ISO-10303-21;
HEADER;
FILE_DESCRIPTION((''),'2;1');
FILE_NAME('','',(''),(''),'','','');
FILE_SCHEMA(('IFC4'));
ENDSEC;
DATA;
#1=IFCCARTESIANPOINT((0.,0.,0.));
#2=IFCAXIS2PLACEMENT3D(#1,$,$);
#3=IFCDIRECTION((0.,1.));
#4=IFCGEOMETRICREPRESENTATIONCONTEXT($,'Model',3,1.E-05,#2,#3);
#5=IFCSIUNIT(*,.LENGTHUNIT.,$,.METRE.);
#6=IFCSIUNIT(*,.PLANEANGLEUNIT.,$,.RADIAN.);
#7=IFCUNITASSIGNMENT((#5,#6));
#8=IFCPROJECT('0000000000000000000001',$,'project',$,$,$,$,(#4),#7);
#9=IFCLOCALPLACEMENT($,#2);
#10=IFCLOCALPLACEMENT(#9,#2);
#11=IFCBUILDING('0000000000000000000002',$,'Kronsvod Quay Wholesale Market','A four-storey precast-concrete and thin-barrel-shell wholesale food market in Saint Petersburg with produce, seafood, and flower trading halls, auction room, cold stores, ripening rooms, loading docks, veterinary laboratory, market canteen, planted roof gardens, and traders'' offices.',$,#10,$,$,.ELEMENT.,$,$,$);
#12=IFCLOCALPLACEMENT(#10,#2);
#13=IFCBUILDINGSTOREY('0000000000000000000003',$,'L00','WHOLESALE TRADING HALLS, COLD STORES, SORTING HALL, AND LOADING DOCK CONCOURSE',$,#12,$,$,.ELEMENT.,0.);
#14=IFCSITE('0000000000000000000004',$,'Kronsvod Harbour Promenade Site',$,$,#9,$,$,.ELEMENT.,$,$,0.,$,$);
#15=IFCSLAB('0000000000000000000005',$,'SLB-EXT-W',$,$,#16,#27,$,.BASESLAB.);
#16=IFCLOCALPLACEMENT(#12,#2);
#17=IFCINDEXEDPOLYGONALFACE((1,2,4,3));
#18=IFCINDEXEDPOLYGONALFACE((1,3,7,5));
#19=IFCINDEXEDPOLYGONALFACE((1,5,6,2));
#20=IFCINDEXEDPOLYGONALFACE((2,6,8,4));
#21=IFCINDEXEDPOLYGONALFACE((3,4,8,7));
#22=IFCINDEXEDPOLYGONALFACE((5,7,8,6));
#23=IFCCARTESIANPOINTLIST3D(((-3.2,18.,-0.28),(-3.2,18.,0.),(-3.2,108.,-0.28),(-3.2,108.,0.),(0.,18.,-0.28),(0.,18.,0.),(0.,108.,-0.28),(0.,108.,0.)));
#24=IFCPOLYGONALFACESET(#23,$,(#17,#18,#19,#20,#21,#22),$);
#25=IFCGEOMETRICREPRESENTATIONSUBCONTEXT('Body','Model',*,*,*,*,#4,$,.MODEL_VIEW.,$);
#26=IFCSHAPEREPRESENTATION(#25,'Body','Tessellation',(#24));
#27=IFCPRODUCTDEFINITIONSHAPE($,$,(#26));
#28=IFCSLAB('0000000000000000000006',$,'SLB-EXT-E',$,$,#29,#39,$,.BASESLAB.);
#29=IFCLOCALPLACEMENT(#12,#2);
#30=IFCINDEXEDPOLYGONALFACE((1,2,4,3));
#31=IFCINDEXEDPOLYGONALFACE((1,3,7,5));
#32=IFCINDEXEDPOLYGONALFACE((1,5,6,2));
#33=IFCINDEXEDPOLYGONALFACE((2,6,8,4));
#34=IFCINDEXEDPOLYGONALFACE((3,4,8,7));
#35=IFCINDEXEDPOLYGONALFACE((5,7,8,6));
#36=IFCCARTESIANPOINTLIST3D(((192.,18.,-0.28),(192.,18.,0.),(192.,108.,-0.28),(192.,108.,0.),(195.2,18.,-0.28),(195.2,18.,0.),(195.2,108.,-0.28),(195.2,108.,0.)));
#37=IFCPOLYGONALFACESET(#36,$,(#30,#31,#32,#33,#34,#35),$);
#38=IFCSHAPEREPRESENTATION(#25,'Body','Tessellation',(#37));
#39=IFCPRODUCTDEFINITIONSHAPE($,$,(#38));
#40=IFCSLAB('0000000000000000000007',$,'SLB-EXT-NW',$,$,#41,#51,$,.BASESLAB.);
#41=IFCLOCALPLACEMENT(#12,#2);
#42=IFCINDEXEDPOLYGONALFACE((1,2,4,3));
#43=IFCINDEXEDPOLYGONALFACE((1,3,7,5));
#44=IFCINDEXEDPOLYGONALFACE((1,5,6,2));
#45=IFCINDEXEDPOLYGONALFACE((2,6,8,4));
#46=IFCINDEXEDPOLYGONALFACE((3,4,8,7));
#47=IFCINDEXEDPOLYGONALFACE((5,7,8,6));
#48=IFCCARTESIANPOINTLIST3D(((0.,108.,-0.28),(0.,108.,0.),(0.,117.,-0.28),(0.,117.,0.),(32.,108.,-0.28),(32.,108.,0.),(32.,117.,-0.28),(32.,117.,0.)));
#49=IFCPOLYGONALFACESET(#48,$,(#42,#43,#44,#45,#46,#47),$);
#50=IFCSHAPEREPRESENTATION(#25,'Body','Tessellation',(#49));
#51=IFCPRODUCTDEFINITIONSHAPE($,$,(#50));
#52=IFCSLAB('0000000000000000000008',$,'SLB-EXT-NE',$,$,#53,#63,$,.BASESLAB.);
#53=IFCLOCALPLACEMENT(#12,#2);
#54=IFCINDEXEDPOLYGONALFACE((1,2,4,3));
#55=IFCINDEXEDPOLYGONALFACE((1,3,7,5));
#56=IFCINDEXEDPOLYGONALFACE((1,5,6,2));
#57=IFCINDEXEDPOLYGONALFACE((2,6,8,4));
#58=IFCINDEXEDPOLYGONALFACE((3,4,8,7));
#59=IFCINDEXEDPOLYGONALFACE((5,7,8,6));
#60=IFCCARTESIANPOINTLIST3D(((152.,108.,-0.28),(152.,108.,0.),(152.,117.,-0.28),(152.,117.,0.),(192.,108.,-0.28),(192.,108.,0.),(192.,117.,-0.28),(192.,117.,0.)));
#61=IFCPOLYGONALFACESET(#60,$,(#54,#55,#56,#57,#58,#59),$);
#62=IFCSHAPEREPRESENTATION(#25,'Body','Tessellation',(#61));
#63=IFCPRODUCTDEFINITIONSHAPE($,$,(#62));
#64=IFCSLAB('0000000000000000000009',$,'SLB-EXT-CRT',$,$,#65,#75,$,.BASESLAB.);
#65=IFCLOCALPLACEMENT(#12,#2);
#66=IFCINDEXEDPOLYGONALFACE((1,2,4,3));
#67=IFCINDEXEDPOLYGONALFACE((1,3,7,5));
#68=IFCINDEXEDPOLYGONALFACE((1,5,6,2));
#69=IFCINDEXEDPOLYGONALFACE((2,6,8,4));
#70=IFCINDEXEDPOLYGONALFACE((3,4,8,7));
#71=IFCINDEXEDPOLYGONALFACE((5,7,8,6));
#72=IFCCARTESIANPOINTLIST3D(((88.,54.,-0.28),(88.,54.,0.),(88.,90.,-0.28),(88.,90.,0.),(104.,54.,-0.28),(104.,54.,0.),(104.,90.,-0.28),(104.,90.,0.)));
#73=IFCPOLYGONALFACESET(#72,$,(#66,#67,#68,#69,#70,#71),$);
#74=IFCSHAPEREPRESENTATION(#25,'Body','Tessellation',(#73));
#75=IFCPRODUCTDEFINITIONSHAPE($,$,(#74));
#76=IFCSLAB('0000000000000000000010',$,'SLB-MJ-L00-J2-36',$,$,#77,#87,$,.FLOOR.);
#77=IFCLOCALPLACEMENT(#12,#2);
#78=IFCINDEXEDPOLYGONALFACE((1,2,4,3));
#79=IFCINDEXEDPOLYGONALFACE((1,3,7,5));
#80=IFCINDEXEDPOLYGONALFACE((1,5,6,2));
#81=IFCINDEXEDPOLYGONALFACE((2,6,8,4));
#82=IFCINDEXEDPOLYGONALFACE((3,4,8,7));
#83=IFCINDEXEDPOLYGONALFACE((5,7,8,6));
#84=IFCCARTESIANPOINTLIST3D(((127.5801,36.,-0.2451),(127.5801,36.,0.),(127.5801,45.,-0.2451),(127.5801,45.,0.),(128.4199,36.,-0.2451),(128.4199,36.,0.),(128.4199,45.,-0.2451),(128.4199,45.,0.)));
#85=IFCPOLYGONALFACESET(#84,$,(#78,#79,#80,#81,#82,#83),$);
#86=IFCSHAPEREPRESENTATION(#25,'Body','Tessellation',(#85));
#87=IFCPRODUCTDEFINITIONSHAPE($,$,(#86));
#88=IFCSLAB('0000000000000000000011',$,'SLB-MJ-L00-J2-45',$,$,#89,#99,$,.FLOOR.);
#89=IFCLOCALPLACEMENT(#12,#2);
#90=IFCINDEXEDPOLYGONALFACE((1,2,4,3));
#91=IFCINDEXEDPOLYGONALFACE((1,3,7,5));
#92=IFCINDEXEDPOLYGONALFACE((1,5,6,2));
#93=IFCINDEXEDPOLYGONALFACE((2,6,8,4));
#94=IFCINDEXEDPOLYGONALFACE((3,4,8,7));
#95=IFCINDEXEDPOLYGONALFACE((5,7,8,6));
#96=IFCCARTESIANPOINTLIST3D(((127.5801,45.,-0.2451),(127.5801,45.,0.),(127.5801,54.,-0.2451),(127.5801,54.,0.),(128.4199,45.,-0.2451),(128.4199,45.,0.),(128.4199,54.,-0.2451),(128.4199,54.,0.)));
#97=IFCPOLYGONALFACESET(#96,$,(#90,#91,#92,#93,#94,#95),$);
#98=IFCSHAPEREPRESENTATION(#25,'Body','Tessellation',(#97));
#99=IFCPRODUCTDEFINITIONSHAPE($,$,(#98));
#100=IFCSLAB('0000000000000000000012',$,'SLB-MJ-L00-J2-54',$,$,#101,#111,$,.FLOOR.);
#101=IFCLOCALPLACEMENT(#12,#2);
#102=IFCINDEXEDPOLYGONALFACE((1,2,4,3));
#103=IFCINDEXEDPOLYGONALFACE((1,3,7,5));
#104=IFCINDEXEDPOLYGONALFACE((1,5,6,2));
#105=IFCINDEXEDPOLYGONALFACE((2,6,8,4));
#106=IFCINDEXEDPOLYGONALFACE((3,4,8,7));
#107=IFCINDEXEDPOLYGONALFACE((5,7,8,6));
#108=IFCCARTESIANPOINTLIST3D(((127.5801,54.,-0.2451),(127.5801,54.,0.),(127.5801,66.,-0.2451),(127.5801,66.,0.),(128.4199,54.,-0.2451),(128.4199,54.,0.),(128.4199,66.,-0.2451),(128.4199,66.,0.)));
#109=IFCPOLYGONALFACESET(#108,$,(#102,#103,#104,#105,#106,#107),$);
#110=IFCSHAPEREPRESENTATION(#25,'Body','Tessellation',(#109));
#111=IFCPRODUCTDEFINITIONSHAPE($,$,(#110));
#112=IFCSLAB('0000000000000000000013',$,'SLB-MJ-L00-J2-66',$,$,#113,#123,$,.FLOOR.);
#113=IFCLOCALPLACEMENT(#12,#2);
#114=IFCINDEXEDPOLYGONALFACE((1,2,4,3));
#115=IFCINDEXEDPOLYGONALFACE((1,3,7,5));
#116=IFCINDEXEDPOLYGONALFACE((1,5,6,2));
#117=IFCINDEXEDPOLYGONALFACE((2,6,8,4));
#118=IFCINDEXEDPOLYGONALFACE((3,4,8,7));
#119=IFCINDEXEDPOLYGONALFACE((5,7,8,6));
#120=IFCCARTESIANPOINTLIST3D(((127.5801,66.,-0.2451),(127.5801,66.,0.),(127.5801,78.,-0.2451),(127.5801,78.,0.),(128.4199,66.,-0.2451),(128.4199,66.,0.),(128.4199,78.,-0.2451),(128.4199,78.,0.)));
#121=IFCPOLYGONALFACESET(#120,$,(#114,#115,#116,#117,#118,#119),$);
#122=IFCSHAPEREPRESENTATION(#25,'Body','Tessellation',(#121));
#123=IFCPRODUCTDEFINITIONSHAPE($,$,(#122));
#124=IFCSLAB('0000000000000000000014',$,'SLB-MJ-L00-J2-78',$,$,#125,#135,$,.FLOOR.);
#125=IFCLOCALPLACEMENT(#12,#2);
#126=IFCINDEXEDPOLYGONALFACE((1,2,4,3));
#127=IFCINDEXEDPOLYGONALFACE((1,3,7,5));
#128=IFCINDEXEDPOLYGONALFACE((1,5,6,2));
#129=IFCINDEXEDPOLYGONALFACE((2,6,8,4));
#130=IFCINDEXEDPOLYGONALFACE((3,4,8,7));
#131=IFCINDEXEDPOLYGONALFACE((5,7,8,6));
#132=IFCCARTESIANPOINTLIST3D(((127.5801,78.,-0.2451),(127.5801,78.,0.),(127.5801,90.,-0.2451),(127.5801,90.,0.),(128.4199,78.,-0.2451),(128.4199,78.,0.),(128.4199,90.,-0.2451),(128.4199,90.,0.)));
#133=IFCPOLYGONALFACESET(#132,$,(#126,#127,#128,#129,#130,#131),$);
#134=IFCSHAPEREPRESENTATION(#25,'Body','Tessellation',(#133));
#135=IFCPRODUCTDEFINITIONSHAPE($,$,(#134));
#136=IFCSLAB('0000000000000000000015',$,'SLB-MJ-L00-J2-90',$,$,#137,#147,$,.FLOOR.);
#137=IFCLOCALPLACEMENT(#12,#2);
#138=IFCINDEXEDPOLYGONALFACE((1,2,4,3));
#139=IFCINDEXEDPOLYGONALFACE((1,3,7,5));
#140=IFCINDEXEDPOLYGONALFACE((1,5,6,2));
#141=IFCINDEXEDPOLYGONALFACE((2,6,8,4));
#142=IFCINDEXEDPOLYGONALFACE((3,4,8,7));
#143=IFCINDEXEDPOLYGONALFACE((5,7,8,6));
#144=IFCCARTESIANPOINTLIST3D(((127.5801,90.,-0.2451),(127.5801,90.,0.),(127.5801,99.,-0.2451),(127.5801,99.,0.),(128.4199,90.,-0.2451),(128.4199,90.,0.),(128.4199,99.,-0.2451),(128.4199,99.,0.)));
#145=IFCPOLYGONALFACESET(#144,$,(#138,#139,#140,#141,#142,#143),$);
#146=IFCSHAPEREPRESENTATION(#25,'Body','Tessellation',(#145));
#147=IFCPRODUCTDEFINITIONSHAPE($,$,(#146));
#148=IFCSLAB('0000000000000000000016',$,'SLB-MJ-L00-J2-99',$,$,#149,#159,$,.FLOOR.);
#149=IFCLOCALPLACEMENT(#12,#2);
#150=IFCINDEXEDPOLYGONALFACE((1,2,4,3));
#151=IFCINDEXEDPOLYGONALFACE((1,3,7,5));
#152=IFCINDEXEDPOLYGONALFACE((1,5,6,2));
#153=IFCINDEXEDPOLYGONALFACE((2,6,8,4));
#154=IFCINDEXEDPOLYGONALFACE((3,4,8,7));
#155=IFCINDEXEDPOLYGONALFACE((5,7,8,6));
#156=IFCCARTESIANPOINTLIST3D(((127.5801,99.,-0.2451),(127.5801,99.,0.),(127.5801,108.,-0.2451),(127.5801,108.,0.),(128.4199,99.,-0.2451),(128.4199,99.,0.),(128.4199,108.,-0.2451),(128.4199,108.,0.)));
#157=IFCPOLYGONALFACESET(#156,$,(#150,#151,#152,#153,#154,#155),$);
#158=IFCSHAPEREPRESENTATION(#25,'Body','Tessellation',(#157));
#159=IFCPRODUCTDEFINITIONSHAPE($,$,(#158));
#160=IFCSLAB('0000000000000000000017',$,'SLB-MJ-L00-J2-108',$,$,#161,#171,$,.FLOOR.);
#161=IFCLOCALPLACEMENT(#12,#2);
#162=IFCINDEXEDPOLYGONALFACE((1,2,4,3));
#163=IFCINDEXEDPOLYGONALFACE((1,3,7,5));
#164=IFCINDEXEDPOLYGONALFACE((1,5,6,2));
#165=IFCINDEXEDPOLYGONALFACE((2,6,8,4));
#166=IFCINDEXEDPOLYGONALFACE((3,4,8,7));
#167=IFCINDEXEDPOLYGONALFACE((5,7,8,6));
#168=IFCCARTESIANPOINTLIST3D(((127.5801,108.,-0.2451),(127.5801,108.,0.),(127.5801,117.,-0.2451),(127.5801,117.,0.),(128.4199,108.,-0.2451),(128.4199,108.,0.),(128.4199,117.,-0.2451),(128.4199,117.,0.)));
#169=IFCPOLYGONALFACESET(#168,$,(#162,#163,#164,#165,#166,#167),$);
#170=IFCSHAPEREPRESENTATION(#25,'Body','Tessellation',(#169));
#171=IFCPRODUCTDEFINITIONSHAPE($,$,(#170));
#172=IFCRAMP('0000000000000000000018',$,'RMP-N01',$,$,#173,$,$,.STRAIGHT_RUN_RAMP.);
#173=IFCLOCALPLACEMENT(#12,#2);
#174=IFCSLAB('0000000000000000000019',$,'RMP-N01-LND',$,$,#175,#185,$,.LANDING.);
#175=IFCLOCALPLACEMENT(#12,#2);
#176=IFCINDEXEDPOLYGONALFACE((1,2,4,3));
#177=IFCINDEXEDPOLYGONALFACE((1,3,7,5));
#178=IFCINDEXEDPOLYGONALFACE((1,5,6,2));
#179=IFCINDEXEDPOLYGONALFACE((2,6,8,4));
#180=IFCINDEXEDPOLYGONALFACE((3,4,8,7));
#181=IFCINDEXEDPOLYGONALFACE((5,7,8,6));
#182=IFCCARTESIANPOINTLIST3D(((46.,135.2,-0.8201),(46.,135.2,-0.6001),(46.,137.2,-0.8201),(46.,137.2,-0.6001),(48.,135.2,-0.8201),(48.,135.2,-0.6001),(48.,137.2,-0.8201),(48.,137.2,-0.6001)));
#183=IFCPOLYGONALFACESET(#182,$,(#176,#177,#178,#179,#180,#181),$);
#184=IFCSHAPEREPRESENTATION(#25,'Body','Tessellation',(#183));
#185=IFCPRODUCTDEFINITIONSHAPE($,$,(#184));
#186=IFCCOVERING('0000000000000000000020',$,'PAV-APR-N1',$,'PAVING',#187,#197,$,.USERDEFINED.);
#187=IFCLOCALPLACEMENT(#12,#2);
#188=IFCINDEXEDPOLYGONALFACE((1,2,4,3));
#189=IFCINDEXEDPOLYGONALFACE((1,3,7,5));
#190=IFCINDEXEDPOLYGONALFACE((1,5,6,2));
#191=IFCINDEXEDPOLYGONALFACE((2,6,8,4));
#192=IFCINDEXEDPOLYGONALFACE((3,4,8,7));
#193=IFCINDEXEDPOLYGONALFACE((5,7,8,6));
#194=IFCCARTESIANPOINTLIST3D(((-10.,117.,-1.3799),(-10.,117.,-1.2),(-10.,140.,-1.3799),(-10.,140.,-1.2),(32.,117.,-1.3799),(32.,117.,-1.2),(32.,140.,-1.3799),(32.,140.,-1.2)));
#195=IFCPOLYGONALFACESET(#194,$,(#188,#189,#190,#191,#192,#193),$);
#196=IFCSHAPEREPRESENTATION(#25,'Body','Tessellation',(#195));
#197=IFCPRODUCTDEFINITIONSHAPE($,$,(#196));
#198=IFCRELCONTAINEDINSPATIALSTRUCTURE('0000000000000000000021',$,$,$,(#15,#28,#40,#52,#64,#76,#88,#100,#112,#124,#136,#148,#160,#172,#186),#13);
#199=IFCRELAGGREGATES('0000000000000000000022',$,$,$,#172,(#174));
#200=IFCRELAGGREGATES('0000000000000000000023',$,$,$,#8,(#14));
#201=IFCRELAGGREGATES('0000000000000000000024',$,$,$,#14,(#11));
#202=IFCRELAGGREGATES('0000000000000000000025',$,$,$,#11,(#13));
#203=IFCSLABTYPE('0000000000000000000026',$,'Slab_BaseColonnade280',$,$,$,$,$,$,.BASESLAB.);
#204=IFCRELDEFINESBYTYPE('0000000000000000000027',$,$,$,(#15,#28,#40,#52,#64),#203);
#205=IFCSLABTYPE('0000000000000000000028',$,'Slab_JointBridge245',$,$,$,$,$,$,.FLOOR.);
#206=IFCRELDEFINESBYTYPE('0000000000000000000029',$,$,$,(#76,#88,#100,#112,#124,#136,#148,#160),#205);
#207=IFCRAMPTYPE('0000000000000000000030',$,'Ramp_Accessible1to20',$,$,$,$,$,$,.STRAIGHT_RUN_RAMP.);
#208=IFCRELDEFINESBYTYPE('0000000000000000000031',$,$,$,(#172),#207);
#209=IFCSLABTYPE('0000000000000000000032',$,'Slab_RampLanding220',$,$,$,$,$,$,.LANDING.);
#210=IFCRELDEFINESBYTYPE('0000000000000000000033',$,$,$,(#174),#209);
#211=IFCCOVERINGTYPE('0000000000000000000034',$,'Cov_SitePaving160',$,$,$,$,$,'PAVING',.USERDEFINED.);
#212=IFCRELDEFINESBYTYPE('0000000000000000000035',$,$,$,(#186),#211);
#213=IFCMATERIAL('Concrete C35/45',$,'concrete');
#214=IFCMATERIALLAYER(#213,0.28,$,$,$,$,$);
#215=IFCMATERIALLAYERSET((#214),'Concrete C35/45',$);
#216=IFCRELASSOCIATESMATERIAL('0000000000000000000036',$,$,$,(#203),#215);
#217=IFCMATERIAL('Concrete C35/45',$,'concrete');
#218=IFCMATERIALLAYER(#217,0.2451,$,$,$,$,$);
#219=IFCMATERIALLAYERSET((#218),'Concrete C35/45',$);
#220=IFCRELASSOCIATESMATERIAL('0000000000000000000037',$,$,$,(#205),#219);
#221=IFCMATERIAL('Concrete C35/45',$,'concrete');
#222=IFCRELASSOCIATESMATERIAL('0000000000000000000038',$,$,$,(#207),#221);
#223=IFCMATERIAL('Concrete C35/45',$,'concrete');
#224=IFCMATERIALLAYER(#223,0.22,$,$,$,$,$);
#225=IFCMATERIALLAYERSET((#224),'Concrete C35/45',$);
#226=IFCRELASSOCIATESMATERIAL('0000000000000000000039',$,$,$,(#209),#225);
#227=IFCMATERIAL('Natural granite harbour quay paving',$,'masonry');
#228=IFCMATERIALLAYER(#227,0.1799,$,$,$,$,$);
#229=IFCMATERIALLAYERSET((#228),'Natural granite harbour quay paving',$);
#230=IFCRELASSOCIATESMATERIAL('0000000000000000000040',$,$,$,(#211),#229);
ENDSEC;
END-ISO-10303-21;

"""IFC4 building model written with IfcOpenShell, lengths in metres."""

from ifc_helpers import new_model, si_unit, direction, frame, origin, place, context, subcontext, project, spatial, polyline, outline, extrude, material, layer, layer_set, type_object, element, aggregate, save


model = new_model("IFC4")

# Units and contexts
model_context = context("Model", 3, precision=1e-05, world=origin(), true_north=direction((0.0, 1.0)))
body_context = subcontext(model_context, "Body", "Model", "MODEL_VIEW")
ifc_project = project(units=[si_unit("LENGTHUNIT", "METRE"), si_unit("PLANEANGLEUNIT", "RADIAN")], contexts=[model_context])

# Site, building, storey
site_placement = place(None, origin())
site = spatial("IfcSite", under=ifc_project, at=site_placement, Name="Kronsvod Harbour Promenade Site", CompositionType="ELEMENT", RefElevation=0.0)
building_placement = place(site_placement, origin())
building = spatial("IfcBuilding", under=site, at=building_placement, Name="Kronsvod Quay Wholesale Market", Description="A four-storey precast-concrete and thin-barrel-shell wholesale food market in Saint Petersburg with produce, seafood, and flower trading halls, auction room, cold stores, ripening rooms, loading docks, veterinary laboratory, market canteen, planted roof gardens, and traders' offices.", CompositionType="ELEMENT")
storey_placement = place(building_placement, origin())
storey = spatial("IfcBuildingStorey", under=building, at=storey_placement, Name="L00", Description="WHOLESALE TRADING HALLS, COLD STORES, SORTING HALL, AND LOADING DOCK CONCOURSE", CompositionType="ELEMENT", Elevation=0.0)

# Slabs
ifc_material_1 = material(Name="Concrete C35/45", Category="concrete")
ifc_layer_1 = layer(ifc_material_1, 0.28)
ifc_layer_set_1 = layer_set([ifc_layer_1], Name="Concrete C35/45")
slab_type_1 = type_object("IfcSlabType", Name="Slab_BaseColonnade280", PredefinedType="BASESLAB", material=ifc_layer_set_1)
slab_1_placement = place(storey_placement, frame((0.0, 0.0, -0.28)))
element("IfcSlab", 1, at=slab_1_placement, inside=storey, type_object=slab_type_1, Name="SLB-EXT-W", PredefinedType="BASESLAB", context=body_context, shape_type="SweptSolid", body=[
    extrude(outline(polyline([(-3.2, 18.0), (0.0, 18.0), (0.0, 108.0), (-3.2, 108.0), (-3.2, 18.0)])), origin(), (0.0, 0.0, 1.0), 0.28),
])
slab_2_placement = place(storey_placement, frame((0.0, 0.0, -0.28)))
element("IfcSlab", 2, at=slab_2_placement, inside=storey, type_object=slab_type_1, Name="SLB-EXT-E", PredefinedType="BASESLAB", context=body_context, shape_type="SweptSolid", body=[
    extrude(outline(polyline([(192.0, 18.0), (195.2, 18.0), (195.2, 108.0), (192.0, 108.0), (192.0, 18.0)])), origin(), (0.0, 0.0, 1.0), 0.28),
])
slab_3_placement = place(storey_placement, frame((0.0, 0.0, -0.28)))
element("IfcSlab", 3, at=slab_3_placement, inside=storey, type_object=slab_type_1, Name="SLB-EXT-NW", PredefinedType="BASESLAB", context=body_context, shape_type="SweptSolid", body=[
    extrude(outline(polyline([(0.0, 108.0), (32.0, 108.0), (32.0, 117.0), (0.0, 117.0), (0.0, 108.0)])), origin(), (0.0, 0.0, 1.0), 0.28),
])
slab_4_placement = place(storey_placement, frame((0.0, 0.0, -0.28)))
element("IfcSlab", 4, at=slab_4_placement, inside=storey, type_object=slab_type_1, Name="SLB-EXT-NE", PredefinedType="BASESLAB", context=body_context, shape_type="SweptSolid", body=[
    extrude(outline(polyline([(152.0, 108.0), (192.0, 108.0), (192.0, 117.0), (152.0, 117.0), (152.0, 108.0)])), origin(), (0.0, 0.0, 1.0), 0.28),
])
slab_5_placement = place(storey_placement, frame((0.0, 0.0, -0.28)))
element("IfcSlab", 5, at=slab_5_placement, inside=storey, type_object=slab_type_1, Name="SLB-EXT-CRT", PredefinedType="BASESLAB", context=body_context, shape_type="SweptSolid", body=[
    extrude(outline(polyline([(88.0, 54.0), (104.0, 54.0), (104.0, 90.0), (88.0, 90.0), (88.0, 54.0)])), origin(), (0.0, 0.0, 1.0), 0.28),
])
ifc_material_2 = material(Name="Concrete C35/45", Category="concrete")
ifc_layer_2 = layer(ifc_material_2, 0.2451)
ifc_layer_set_2 = layer_set([ifc_layer_2], Name="Concrete C35/45")
slab_type_2 = type_object("IfcSlabType", Name="Slab_JointBridge245", PredefinedType="FLOOR", material=ifc_layer_set_2)
slab_6_placement = place(storey_placement, frame((0.0, 0.0, -0.2451)))
element("IfcSlab", 6, at=slab_6_placement, inside=storey, type_object=slab_type_2, Name="SLB-MJ-L00-J2-36", PredefinedType="FLOOR", context=body_context, shape_type="SweptSolid", body=[
    extrude(outline(polyline([(127.5801, 36.0), (128.4199, 36.0), (128.4199, 45.0), (127.5801, 45.0), (127.5801, 36.0)])), origin(), (0.0, 0.0, 1.0), 0.2451),
])
slab_7_placement = place(storey_placement, frame((0.0, 0.0, -0.2451)))
element("IfcSlab", 7, at=slab_7_placement, inside=storey, type_object=slab_type_2, Name="SLB-MJ-L00-J2-45", PredefinedType="FLOOR", context=body_context, shape_type="SweptSolid", body=[
    extrude(outline(polyline([(127.5801, 45.0), (128.4199, 45.0), (128.4199, 54.0), (127.5801, 54.0), (127.5801, 45.0)])), origin(), (0.0, 0.0, 1.0), 0.2451),
])
slab_8_placement = place(storey_placement, frame((0.0, 0.0, -0.2451)))
element("IfcSlab", 8, at=slab_8_placement, inside=storey, type_object=slab_type_2, Name="SLB-MJ-L00-J2-54", PredefinedType="FLOOR", context=body_context, shape_type="SweptSolid", body=[
    extrude(outline(polyline([(127.5801, 54.0), (128.4199, 54.0), (128.4199, 66.0), (127.5801, 66.0), (127.5801, 54.0)])), origin(), (0.0, 0.0, 1.0), 0.2451),
])
slab_9_placement = place(storey_placement, frame((0.0, 0.0, -0.2451)))
element("IfcSlab", 9, at=slab_9_placement, inside=storey, type_object=slab_type_2, Name="SLB-MJ-L00-J2-66", PredefinedType="FLOOR", context=body_context, shape_type="SweptSolid", body=[
    extrude(outline(polyline([(127.5801, 66.0), (128.4199, 66.0), (128.4199, 78.0), (127.5801, 78.0), (127.5801, 66.0)])), origin(), (0.0, 0.0, 1.0), 0.2451),
])
slab_10_placement = place(storey_placement, frame((0.0, 0.0, -0.2451)))
element("IfcSlab", 10, at=slab_10_placement, inside=storey, type_object=slab_type_2, Name="SLB-MJ-L00-J2-78", PredefinedType="FLOOR", context=body_context, shape_type="SweptSolid", body=[
    extrude(outline(polyline([(127.5801, 78.0), (128.4199, 78.0), (128.4199, 90.0), (127.5801, 90.0), (127.5801, 78.0)])), origin(), (0.0, 0.0, 1.0), 0.2451),
])
slab_11_placement = place(storey_placement, frame((0.0, 0.0, -0.2451)))
element("IfcSlab", 11, at=slab_11_placement, inside=storey, type_object=slab_type_2, Name="SLB-MJ-L00-J2-90", PredefinedType="FLOOR", context=body_context, shape_type="SweptSolid", body=[
    extrude(outline(polyline([(127.5801, 90.0), (128.4199, 90.0), (128.4199, 99.0), (127.5801, 99.0), (127.5801, 90.0)])), origin(), (0.0, 0.0, 1.0), 0.2451),
])
slab_12_placement = place(storey_placement, frame((0.0, 0.0, -0.2451)))
element("IfcSlab", 12, at=slab_12_placement, inside=storey, type_object=slab_type_2, Name="SLB-MJ-L00-J2-99", PredefinedType="FLOOR", context=body_context, shape_type="SweptSolid", body=[
    extrude(outline(polyline([(127.5801, 99.0), (128.4199, 99.0), (128.4199, 108.0), (127.5801, 108.0), (127.5801, 99.0)])), origin(), (0.0, 0.0, 1.0), 0.2451),
])
slab_13_placement = place(storey_placement, frame((0.0, 0.0, -0.2451)))
element("IfcSlab", 13, at=slab_13_placement, inside=storey, type_object=slab_type_2, Name="SLB-MJ-L00-J2-108", PredefinedType="FLOOR", context=body_context, shape_type="SweptSolid", body=[
    extrude(outline(polyline([(127.5801, 108.0), (128.4199, 108.0), (128.4199, 117.0), (127.5801, 117.0), (127.5801, 108.0)])), origin(), (0.0, 0.0, 1.0), 0.2451),
])

# Ramp, slab
ifc_material_3 = material(Name="Concrete C35/45", Category="concrete")
ramp_type = type_object("IfcRampType", Name="Ramp_Accessible1to20", PredefinedType="STRAIGHT_RUN_RAMP", material=ifc_material_3)
ramp_placement = place(storey_placement, origin())
ramp = element("IfcRamp", 14, at=ramp_placement, inside=storey, type_object=ramp_type, Name="RMP-N01", PredefinedType="STRAIGHT_RUN_RAMP")
ifc_material_4 = material(Name="Concrete C35/45", Category="concrete")
ifc_layer_3 = layer(ifc_material_4, 0.22)
ifc_layer_set_3 = layer_set([ifc_layer_3], Name="Concrete C35/45")
slab_type_3 = type_object("IfcSlabType", Name="Slab_RampLanding220", PredefinedType="LANDING", material=ifc_layer_set_3)
slab_14_placement = place(storey_placement, frame((0.0, 0.0, -0.8201)))
slab_14 = element("IfcSlab", 15, at=slab_14_placement, type_object=slab_type_3, Name="RMP-N01-LND", PredefinedType="LANDING", context=body_context, shape_type="SweptSolid", body=[
    extrude(outline(polyline([(46.0, 135.2), (48.0, 135.2), (48.0, 137.2), (46.0, 137.2), (46.0, 135.2)])), origin(), (0.0, 0.0, 1.0), 0.22),
])
aggregate(ramp, [slab_14])

# Covering
ifc_material_5 = material(Name="Natural granite harbour quay paving", Category="masonry")
ifc_layer_4 = layer(ifc_material_5, 0.1799)
ifc_layer_set_4 = layer_set([ifc_layer_4], Name="Natural granite harbour quay paving")
covering_type = type_object("IfcCoveringType", Name="Cov_SitePaving160", ElementType="PAVING", PredefinedType="USERDEFINED", material=ifc_layer_set_4)
covering_1_placement = place(storey_placement, frame((0.0, 0.0, -1.3799)))
element("IfcCovering", 16, at=covering_1_placement, inside=storey, type_object=covering_type, Name="PAV-APR-N1", ObjectType="PAVING", PredefinedType="USERDEFINED", context=body_context, shape_type="SweptSolid", body=[
    extrude(outline(polyline([(-10.0, 117.0), (32.0, 117.0), (32.0, 140.0), (-10.0, 140.0), (-10.0, 117.0)])), origin(), (0.0, 0.0, 1.0), 0.1799),
])

save(model, "model.ifc")
